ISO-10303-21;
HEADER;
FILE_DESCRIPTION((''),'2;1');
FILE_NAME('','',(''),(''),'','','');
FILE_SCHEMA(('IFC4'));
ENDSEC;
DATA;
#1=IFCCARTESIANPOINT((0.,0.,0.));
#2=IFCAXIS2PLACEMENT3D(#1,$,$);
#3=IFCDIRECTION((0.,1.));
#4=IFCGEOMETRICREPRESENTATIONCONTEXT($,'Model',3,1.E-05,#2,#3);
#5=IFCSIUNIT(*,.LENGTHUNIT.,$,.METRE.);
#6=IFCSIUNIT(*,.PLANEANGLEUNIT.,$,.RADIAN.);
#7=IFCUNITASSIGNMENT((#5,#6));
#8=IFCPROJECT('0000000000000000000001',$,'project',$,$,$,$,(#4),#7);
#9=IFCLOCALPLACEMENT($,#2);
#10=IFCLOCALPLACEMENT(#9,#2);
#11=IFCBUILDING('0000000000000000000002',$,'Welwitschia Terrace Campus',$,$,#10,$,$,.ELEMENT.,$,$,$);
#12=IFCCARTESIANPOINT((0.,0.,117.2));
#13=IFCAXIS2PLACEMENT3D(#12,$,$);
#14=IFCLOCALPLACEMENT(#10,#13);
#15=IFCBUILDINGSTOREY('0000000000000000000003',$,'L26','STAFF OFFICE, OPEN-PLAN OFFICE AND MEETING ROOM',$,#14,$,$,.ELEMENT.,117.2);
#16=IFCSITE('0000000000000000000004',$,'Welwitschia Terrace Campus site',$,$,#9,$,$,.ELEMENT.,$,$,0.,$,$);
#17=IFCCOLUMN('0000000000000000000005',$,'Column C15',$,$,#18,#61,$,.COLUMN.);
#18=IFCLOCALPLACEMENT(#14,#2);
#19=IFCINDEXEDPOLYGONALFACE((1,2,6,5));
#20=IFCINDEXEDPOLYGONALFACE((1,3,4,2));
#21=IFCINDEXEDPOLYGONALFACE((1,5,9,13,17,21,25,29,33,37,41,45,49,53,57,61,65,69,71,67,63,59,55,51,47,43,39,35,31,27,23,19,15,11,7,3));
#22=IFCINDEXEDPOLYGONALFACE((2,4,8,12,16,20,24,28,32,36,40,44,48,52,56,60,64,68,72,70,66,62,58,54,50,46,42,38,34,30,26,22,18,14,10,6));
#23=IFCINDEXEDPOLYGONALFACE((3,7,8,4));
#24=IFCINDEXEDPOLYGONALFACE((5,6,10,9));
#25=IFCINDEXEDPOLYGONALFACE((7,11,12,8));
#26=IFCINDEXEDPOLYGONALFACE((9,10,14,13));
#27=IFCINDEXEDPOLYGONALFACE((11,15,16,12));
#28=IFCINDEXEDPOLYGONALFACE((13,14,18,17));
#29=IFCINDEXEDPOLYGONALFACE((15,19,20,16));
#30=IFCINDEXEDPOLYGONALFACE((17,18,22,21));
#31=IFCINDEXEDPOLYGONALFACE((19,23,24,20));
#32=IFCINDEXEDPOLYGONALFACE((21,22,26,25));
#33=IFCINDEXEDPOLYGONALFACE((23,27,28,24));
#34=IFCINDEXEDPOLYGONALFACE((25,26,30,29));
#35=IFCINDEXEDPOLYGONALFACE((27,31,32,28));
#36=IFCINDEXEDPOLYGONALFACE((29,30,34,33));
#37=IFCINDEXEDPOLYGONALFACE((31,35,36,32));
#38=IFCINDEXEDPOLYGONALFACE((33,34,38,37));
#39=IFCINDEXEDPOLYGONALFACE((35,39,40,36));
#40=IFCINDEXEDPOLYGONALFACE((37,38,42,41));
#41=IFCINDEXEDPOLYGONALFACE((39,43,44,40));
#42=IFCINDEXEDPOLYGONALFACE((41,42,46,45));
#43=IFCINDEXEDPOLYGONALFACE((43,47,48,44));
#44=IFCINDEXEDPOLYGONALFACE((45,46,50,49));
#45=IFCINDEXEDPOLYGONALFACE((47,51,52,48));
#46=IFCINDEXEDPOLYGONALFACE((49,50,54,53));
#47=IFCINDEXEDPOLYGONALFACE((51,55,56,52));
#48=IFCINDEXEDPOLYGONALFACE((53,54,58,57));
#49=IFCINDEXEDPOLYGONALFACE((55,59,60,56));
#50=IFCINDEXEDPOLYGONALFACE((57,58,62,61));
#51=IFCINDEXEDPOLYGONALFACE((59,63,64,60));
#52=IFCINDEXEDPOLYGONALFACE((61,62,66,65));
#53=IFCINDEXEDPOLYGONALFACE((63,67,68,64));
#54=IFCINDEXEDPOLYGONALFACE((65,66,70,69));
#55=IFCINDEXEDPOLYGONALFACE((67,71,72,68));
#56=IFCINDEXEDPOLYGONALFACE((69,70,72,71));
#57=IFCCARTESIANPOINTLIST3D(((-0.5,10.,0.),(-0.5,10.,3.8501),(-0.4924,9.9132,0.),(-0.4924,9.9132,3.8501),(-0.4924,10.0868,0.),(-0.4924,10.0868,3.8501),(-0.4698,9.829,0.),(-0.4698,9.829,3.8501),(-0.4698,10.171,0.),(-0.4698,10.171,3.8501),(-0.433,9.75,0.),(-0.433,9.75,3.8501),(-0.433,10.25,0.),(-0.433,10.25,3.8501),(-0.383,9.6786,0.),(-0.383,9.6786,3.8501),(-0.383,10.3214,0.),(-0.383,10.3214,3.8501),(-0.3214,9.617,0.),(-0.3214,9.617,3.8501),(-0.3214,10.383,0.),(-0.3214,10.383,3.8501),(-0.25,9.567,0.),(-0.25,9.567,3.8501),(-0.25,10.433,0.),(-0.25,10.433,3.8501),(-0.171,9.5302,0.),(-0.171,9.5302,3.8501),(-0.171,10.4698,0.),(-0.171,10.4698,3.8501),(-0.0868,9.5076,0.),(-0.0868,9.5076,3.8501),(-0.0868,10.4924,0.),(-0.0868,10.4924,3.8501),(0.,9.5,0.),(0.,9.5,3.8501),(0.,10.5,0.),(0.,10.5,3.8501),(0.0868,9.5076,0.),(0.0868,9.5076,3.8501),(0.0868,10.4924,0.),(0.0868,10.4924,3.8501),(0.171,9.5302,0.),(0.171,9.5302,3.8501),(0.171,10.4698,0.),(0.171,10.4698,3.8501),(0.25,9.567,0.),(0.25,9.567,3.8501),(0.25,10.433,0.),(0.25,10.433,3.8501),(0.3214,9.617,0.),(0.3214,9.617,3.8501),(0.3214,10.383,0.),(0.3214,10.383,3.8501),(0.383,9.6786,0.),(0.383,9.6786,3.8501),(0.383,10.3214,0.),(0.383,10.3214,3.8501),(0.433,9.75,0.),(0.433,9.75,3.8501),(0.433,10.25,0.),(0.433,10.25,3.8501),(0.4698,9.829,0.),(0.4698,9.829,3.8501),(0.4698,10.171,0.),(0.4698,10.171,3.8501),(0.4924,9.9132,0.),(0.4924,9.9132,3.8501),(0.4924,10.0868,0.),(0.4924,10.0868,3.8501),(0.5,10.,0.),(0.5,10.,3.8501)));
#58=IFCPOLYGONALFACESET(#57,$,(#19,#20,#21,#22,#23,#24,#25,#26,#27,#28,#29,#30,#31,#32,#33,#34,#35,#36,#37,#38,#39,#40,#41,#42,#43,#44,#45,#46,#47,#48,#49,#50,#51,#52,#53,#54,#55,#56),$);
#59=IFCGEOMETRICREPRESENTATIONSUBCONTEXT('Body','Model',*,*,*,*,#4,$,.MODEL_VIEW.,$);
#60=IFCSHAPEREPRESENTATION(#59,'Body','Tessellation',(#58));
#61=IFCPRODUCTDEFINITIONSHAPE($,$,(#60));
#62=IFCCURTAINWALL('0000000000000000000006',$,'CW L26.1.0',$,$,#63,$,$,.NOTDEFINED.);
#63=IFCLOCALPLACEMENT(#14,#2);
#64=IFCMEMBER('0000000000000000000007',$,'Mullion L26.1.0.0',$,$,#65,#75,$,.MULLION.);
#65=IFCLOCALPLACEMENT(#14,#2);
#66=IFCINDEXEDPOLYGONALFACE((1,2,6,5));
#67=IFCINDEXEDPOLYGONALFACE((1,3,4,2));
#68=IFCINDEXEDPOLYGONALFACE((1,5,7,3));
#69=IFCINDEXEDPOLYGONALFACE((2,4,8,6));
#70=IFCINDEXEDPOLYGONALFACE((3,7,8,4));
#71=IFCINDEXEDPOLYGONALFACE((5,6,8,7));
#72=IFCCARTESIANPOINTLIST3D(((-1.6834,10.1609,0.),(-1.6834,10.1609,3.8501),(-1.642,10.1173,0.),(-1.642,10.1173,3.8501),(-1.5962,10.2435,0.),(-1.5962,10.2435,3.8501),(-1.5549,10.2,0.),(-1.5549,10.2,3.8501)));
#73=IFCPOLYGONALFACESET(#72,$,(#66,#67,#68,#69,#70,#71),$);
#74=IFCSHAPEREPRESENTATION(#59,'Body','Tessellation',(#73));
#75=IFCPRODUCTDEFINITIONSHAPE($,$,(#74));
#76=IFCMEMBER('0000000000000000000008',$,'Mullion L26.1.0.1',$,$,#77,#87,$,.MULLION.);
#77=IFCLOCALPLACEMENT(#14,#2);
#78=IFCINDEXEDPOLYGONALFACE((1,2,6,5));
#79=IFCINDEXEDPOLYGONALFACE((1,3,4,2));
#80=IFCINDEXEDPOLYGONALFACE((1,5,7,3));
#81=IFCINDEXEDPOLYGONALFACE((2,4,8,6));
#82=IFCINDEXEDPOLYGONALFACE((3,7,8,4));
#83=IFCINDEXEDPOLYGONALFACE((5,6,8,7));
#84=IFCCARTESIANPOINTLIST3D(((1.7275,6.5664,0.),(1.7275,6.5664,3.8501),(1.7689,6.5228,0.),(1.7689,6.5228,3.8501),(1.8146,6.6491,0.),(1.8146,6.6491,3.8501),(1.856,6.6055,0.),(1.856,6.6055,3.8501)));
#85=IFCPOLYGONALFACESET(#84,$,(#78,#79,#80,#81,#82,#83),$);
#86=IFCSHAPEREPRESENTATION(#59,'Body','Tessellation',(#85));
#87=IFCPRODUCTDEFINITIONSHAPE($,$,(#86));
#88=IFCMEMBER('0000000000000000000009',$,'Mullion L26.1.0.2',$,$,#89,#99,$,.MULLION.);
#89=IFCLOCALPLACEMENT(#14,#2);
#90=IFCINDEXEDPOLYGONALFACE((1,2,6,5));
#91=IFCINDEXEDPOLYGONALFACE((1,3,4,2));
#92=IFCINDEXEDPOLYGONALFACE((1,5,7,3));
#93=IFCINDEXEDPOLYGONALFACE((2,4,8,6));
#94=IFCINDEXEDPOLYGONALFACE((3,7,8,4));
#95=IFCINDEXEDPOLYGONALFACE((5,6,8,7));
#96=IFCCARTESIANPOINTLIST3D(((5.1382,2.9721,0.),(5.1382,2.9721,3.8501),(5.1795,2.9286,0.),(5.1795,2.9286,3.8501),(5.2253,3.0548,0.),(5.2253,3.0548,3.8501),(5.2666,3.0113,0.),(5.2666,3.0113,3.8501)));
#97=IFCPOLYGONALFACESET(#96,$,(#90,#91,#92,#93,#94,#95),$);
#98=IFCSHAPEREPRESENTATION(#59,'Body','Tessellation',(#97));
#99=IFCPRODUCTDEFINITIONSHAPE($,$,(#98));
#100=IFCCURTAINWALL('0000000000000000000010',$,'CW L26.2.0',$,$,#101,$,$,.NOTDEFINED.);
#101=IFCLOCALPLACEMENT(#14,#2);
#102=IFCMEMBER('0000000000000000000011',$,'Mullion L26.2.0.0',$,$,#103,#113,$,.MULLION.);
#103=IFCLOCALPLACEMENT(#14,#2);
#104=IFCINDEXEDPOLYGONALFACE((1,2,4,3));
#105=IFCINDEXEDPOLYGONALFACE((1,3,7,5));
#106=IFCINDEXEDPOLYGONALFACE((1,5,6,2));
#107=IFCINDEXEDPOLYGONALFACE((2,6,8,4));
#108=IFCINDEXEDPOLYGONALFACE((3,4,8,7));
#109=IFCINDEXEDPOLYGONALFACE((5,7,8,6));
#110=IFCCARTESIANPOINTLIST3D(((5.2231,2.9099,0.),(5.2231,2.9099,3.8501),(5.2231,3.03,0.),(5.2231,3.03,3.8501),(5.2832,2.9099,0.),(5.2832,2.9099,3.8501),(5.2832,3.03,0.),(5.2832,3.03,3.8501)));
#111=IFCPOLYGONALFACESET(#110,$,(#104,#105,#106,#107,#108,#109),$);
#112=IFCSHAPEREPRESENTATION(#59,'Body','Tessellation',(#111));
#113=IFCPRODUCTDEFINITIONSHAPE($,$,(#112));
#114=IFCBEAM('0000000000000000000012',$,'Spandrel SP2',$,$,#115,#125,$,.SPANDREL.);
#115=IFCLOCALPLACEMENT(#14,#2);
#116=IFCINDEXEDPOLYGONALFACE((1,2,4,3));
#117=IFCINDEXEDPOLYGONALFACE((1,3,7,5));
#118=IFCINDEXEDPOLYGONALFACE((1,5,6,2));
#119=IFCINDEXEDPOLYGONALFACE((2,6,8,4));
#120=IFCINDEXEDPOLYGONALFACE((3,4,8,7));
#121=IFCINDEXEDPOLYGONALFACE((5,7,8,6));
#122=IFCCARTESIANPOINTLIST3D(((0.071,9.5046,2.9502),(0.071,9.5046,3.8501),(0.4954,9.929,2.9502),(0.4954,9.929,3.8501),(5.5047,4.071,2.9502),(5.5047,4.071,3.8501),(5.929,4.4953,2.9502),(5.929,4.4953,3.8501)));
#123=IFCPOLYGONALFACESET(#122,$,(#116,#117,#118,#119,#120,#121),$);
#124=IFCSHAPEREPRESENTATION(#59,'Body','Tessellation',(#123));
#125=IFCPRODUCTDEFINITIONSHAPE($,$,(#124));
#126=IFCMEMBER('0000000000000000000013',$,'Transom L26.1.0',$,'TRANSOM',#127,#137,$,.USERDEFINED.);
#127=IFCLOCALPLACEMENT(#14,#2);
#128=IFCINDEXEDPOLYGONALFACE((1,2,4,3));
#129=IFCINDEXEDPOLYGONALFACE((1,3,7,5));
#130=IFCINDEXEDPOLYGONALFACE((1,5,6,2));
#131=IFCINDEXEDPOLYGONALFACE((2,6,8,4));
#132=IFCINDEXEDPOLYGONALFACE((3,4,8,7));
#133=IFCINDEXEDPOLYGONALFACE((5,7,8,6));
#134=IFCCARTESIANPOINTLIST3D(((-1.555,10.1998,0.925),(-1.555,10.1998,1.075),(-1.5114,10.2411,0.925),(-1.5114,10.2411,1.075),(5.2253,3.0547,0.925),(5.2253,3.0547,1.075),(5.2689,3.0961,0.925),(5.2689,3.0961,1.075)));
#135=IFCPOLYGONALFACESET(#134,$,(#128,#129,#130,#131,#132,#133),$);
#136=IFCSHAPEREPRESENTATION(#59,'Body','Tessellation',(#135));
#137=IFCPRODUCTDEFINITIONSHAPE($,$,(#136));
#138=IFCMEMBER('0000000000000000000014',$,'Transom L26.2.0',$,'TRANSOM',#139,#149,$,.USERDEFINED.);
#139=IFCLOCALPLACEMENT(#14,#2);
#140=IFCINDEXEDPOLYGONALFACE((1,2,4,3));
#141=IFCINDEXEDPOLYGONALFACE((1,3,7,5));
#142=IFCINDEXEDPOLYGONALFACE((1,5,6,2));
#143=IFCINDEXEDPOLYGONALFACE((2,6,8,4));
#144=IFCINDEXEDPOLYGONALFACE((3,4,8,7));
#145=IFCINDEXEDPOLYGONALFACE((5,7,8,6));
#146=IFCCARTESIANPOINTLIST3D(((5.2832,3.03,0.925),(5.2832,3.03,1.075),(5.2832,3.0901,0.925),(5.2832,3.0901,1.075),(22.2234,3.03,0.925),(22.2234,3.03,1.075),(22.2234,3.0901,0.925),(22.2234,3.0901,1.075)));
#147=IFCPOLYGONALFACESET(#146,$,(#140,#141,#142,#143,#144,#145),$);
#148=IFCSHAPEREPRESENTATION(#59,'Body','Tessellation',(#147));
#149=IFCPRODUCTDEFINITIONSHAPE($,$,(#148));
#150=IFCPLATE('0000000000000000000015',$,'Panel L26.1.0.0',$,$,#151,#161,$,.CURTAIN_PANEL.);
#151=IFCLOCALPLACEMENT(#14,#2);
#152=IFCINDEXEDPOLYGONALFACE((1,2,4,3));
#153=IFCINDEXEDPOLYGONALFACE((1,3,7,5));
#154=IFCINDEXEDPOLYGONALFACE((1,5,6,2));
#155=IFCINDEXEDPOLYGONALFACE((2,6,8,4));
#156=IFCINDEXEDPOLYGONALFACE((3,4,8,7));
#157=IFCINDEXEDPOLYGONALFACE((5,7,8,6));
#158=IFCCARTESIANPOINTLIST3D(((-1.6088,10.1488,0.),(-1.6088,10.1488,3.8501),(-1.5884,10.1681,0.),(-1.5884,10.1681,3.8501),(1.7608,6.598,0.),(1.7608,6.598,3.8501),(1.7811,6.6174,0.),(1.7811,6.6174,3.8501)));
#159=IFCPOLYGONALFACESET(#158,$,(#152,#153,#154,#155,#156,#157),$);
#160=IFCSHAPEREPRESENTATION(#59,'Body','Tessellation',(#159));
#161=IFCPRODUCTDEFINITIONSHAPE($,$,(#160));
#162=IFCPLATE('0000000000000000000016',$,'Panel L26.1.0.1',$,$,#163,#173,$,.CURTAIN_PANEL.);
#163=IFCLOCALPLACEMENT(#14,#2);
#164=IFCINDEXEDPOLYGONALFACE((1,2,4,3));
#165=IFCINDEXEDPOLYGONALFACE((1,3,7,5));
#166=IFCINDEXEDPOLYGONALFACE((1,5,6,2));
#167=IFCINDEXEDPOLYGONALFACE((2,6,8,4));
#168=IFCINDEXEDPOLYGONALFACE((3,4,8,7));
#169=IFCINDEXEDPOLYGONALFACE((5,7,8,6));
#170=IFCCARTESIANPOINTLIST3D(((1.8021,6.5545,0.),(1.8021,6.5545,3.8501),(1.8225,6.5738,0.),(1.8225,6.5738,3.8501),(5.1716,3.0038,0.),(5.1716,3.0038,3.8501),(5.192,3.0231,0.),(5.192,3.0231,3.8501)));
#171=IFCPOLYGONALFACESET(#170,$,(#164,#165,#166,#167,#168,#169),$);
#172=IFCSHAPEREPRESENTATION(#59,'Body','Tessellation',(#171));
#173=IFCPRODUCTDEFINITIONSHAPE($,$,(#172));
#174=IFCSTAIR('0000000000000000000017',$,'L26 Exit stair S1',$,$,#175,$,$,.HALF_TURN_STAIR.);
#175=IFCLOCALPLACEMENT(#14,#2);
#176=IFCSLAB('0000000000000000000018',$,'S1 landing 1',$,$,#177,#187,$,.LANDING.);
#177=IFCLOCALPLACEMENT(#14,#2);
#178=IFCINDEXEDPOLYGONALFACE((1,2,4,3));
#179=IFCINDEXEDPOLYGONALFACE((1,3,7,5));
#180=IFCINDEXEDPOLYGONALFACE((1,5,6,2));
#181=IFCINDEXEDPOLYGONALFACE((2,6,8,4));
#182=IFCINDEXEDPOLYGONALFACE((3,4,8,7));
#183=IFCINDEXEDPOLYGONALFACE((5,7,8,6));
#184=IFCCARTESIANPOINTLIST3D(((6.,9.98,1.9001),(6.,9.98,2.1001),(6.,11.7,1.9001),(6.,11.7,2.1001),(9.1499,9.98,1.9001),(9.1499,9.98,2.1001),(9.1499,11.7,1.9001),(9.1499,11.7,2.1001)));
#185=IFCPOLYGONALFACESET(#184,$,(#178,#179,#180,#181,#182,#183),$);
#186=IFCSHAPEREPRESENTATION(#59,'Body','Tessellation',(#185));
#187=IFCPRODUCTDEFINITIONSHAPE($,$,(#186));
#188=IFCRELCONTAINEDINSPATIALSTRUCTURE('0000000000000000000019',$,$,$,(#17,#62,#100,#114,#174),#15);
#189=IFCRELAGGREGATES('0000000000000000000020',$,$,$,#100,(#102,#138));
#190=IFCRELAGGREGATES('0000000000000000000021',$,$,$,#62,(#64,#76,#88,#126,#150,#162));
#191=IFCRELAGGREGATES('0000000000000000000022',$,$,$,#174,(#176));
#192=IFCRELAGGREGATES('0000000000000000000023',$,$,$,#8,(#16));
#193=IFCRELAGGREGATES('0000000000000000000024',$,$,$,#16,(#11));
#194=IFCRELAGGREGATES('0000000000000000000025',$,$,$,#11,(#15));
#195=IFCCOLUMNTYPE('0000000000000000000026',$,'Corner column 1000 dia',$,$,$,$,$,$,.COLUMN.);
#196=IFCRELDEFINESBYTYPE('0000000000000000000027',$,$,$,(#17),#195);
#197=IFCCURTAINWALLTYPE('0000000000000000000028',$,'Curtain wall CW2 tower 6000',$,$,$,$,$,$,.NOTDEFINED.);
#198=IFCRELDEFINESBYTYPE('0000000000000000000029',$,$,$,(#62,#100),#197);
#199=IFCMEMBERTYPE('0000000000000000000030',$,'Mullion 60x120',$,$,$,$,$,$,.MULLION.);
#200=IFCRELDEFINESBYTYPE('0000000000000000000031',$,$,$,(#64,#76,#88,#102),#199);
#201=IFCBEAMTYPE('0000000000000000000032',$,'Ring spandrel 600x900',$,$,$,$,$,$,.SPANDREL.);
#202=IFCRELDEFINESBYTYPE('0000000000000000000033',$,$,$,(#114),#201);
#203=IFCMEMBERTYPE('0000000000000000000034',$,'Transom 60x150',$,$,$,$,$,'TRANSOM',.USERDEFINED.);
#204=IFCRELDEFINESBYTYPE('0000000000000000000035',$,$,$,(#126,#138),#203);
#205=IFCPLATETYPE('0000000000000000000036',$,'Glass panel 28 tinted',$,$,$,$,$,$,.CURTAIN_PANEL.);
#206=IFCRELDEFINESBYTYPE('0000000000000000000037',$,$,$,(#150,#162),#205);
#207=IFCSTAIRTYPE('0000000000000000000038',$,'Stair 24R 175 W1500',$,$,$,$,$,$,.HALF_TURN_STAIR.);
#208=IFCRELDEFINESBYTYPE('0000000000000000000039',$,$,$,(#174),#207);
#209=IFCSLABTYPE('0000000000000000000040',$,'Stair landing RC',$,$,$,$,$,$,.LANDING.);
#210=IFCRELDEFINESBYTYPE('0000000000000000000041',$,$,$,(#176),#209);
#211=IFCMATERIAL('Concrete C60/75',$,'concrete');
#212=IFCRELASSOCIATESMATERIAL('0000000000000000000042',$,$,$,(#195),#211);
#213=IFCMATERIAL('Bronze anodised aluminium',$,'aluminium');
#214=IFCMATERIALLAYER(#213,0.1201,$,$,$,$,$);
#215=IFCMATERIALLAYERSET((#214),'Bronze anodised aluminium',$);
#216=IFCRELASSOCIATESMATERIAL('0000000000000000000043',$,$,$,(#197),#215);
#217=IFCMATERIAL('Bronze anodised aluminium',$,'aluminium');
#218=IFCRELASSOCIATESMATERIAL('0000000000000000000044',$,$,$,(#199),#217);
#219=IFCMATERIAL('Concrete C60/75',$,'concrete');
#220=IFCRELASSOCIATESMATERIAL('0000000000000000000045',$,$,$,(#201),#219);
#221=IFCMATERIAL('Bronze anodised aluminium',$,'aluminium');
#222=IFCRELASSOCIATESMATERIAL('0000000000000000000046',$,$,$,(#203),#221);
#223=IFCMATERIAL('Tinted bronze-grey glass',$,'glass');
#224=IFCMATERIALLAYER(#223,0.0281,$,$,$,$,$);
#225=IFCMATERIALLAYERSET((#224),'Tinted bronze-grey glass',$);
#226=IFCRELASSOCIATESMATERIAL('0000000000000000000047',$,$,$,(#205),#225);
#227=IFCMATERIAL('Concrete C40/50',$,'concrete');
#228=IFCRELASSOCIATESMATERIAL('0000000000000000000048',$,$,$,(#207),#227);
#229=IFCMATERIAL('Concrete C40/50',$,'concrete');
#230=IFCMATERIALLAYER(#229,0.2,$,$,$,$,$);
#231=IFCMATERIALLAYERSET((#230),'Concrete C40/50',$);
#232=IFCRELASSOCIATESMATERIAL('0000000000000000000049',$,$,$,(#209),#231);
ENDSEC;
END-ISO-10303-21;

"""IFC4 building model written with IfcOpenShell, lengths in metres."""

from ifc_helpers import new_model, si_unit, direction, frame, origin, origin_2d, place, context, subcontext, project, spatial, polyline, rectangle, circle, outline, extrude, material, layer, layer_set, material_profile, profile_set, type_object, element, aggregate, save


model = new_model("IFC4")

# Units and contexts
model_context = context("Model", 3, precision=1e-05, world=origin(), true_north=direction((0.0, 1.0)))
body_context = subcontext(model_context, "Body", "Model", "MODEL_VIEW")
ifc_project = project(units=[si_unit("LENGTHUNIT", "METRE"), si_unit("PLANEANGLEUNIT", "RADIAN")], contexts=[model_context])

# Site, building, storey
site_placement = place(None, origin())
site = spatial("IfcSite", under=ifc_project, at=site_placement, Name="Welwitschia Terrace Campus site", CompositionType="ELEMENT", RefElevation=0.0)
building_placement = place(site_placement, origin())
building = spatial("IfcBuilding", under=site, at=building_placement, Name="Welwitschia Terrace Campus", CompositionType="ELEMENT")
storey_placement = place(building_placement, frame((0.0, 0.0, 117.2)))
storey = spatial("IfcBuildingStorey", under=building, at=storey_placement, Name="L26", Description="STAFF OFFICE, OPEN-PLAN OFFICE AND MEETING ROOM", CompositionType="ELEMENT", Elevation=117.2)

# Column
ifc_material_1 = material(Name="Concrete C60/75", Category="concrete")
ifc_material_profile_1 = material_profile(ifc_material_1, circle(Radius=0.5, at=origin_2d()))
ifc_profile_set_1 = profile_set([ifc_material_profile_1], Name="Concrete C60/75")
column_type = type_object("IfcColumnType", Name="Corner column 1000 dia", PredefinedType="COLUMN", material=ifc_profile_set_1)
column_placement = place(storey_placement, frame((0.0, 10.0, 0.0), z_axis=(0.0, 0.0, 1.0), x_axis=(1.0, 0.0, 0.0)))
element("IfcColumn", 1, at=column_placement, inside=storey, type_object=column_type, Name="Column C15", PredefinedType="COLUMN", context=body_context, shape_type="SweptSolid", body=[
    extrude(circle(Radius=0.5, at=origin_2d()), origin(), (0.0, 0.0, 1.0), 3.8501),
])

# Curtain wall, members
ifc_material_2 = material(Name="Bronze anodised aluminium", Category="aluminium")
ifc_layer_1 = layer(ifc_material_2, 0.1201)
ifc_layer_set_1 = layer_set([ifc_layer_1], Name="Bronze anodised aluminium")
curtain_wall_type = type_object("IfcCurtainWallType", Name="Curtain wall CW2 tower 6000", PredefinedType="NOTDEFINED", material=ifc_layer_set_1)
curtain_wall_1_placement = place(storey_placement, origin())
curtain_wall_1 = element("IfcCurtainWall", 2, at=curtain_wall_1_placement, inside=storey, type_object=curtain_wall_type, Name="CW L26.1.0", PredefinedType="NOTDEFINED")
ifc_material_3 = material(Name="Bronze anodised aluminium", Category="aluminium")
ifc_material_profile_2 = material_profile(ifc_material_3, rectangle(XDim=0.1201, YDim=0.0601, at=origin_2d()))
ifc_profile_set_2 = profile_set([ifc_material_profile_2], Name="Bronze anodised aluminium")
member_type_1 = type_object("IfcMemberType", Name="Mullion 60x120", PredefinedType="MULLION", material=ifc_profile_set_2)
member_1_placement = place(storey_placement, frame((-1.6191, 10.1804, 0.0), z_axis=(0.0, 0.0, 1.0), x_axis=(0.725374, 0.688355, 0.0)))
member_1 = element("IfcMember", 3, at=member_1_placement, type_object=member_type_1, Name="Mullion L26.1.0.0", PredefinedType="MULLION", context=body_context, shape_type="SweptSolid", body=[
    extrude(rectangle(XDim=0.1201, YDim=0.0601, at=origin_2d()), origin(), (0.0, 0.0, 1.0), 3.8501),
])
member_2_placement = place(storey_placement, frame((1.7917, 6.5859, 0.0), z_axis=(0.0, 0.0, 1.0), x_axis=(0.725374, 0.688355, 0.0)))
member_2 = element("IfcMember", 4, at=member_2_placement, type_object=member_type_1, Name="Mullion L26.1.0.1", PredefinedType="MULLION", context=body_context, shape_type="SweptSolid", body=[
    extrude(rectangle(XDim=0.1201, YDim=0.0601, at=origin_2d()), origin(), (0.0, 0.0, 1.0), 3.8501),
])
member_3_placement = place(storey_placement, frame((5.2024, 2.9917, 0.0), z_axis=(0.0, 0.0, 1.0), x_axis=(0.725374, 0.688355, 0.0)))
member_3 = element("IfcMember", 5, at=member_3_placement, type_object=member_type_1, Name="Mullion L26.1.0.2", PredefinedType="MULLION", context=body_context, shape_type="SweptSolid", body=[
    extrude(rectangle(XDim=0.1201, YDim=0.0601, at=origin_2d()), origin(), (0.0, 0.0, 1.0), 3.8501),
])

# Curtain wall, member
curtain_wall_2_placement = place(storey_placement, origin())
curtain_wall_2 = element("IfcCurtainWall", 6, at=curtain_wall_2_placement, inside=storey, type_object=curtain_wall_type, Name="CW L26.2.0", PredefinedType="NOTDEFINED")
member_4_placement = place(storey_placement, frame((5.2532, 2.97, 0.0), z_axis=(0.0, 0.0, 1.0), x_axis=(0.0, 1.0, 0.0)))
member_4 = element("IfcMember", 7, at=member_4_placement, type_object=member_type_1, Name="Mullion L26.2.0.0", PredefinedType="MULLION", context=body_context, shape_type="SweptSolid", body=[
    extrude(rectangle(XDim=0.1201, YDim=0.0601, at=origin_2d()), origin(), (0.0, 0.0, 1.0), 3.8501),
])

# Beam
ifc_material_4 = material(Name="Concrete C60/75", Category="concrete")
ifc_material_profile_3 = material_profile(ifc_material_4, rectangle(XDim=0.6001, YDim=0.8999, at=origin_2d()))
ifc_profile_set_3 = profile_set([ifc_material_profile_3], Name="Concrete C60/75")
beam_type = type_object("IfcBeamType", Name="Ring spandrel 600x900", PredefinedType="SPANDREL", material=ifc_profile_set_3)
beam_placement = place(storey_placement, frame((0.2832, 9.7168, 3.4001), z_axis=(0.707107, -0.707107, 0.0), x_axis=(0.707107, 0.707107, 0.0)))
element("IfcBeam", 8, at=beam_placement, inside=storey, type_object=beam_type, Name="Spandrel SP2", PredefinedType="SPANDREL", context=body_context, shape_type="SweptSolid", body=[
    extrude(rectangle(XDim=0.6001, YDim=0.8999, at=origin_2d()), origin(), (0.0, 0.0, 1.0), 7.6843),
])

# Members
ifc_material_5 = material(Name="Bronze anodised aluminium", Category="aluminium")
ifc_material_profile_4 = material_profile(ifc_material_5, rectangle(XDim=0.0601, YDim=0.1499, at=origin_2d()))
ifc_profile_set_4 = profile_set([ifc_material_profile_4], Name="Bronze anodised aluminium")
member_type_2 = type_object("IfcMemberType", Name="Transom 60x150", ElementType="TRANSOM", PredefinedType="USERDEFINED", material=ifc_profile_set_4)
member_5_placement = place(storey_placement, frame((-1.5332, 10.2205, 1.0), z_axis=(0.688349, -0.725379, 0.0), x_axis=(0.725379, 0.688349, 0.0)))
member_5 = element("IfcMember", 9, at=member_5_placement, type_object=member_type_2, Name="Transom L26.1.0", ObjectType="TRANSOM", PredefinedType="USERDEFINED", context=body_context, shape_type="SweptSolid", body=[
    extrude(rectangle(XDim=0.0601, YDim=0.1499, at=origin_2d()), origin(), (0.0, 0.0, 1.0), 9.8501),
])
member_6_placement = place(storey_placement, frame((5.2832, 3.0601, 1.0), z_axis=(1.0, 0.0, 0.0), x_axis=(0.0, 1.0, 0.0)))
member_6 = element("IfcMember", 10, at=member_6_placement, type_object=member_type_2, Name="Transom L26.2.0", ObjectType="TRANSOM", PredefinedType="USERDEFINED", context=body_context, shape_type="SweptSolid", body=[
    extrude(rectangle(XDim=0.0601, YDim=0.1499, at=origin_2d()), origin(), (0.0, 0.0, 1.0), 16.9402),
])
aggregate(curtain_wall_2, [member_4, member_6])

# Plates
ifc_material_6 = material(Name="Tinted bronze-grey glass", Category="glass")
ifc_layer_2 = layer(ifc_material_6, 0.0281)
ifc_layer_set_2 = layer_set([ifc_layer_2], Name="Tinted bronze-grey glass")
plate_type = type_object("IfcPlateType", Name="Glass panel 28 tinted", PredefinedType="CURTAIN_PANEL", material=ifc_layer_set_2)
plate_1_placement = place(storey_placement, frame((0.0862, 8.3831, 0.0), z_axis=(0.0, 0.0, 1.0), x_axis=(0.688355, -0.725374, 0.0)))
plate_1 = element("IfcPlate", 11, at=plate_1_placement, type_object=plate_type, Name="Panel L26.1.0.0", PredefinedType="CURTAIN_PANEL", context=body_context, shape_type="SweptSolid", body=[
    extrude(rectangle(XDim=4.895, YDim=0.0281, at=origin_2d()), origin(), (0.0, 0.0, 1.0), 3.8501),
])
plate_2_placement = place(storey_placement, frame((3.4971, 4.7888, 0.0), z_axis=(0.0, 0.0, 1.0), x_axis=(0.688355, -0.725374, 0.0)))
plate_2 = element("IfcPlate", 12, at=plate_2_placement, type_object=plate_type, Name="Panel L26.1.0.1", PredefinedType="CURTAIN_PANEL", context=body_context, shape_type="SweptSolid", body=[
    extrude(rectangle(XDim=4.895, YDim=0.0281, at=origin_2d()), origin(), (0.0, 0.0, 1.0), 3.8501),
])
aggregate(curtain_wall_1, [member_1, member_2, member_3, member_5, plate_1, plate_2])

# Stair, slab
ifc_material_7 = material(Name="Concrete C40/50", Category="concrete")
stair_type = type_object("IfcStairType", Name="Stair 24R 175 W1500", PredefinedType="HALF_TURN_STAIR", material=ifc_material_7)
stair_1_placement = place(storey_placement, origin())
stair_1 = element("IfcStair", 13, at=stair_1_placement, inside=storey, type_object=stair_type, Name="L26 Exit stair S1", PredefinedType="HALF_TURN_STAIR")
ifc_material_8 = material(Name="Concrete C40/50", Category="concrete")
ifc_layer_3 = layer(ifc_material_8, 0.2)
ifc_layer_set_3 = layer_set([ifc_layer_3], Name="Concrete C40/50")
slab_type_1 = type_object("IfcSlabType", Name="Stair landing RC", PredefinedType="LANDING", material=ifc_layer_set_3)
slab_1_placement = place(storey_placement, frame((0.0, 0.0, 1.9001)))
slab_1 = element("IfcSlab", 14, at=slab_1_placement, type_object=slab_type_1, Name="S1 landing 1", PredefinedType="LANDING", context=body_context, shape_type="SweptSolid", body=[
    extrude(outline(polyline([(9.1499, 9.98), (9.1499, 11.7), (6.0, 11.7), (6.0, 9.98), (9.1499, 9.98)])), origin(), (0.0, 0.0, 1.0), 0.2),
])
aggregate(stair_1, [slab_1])

save(model, "model.ifc")
